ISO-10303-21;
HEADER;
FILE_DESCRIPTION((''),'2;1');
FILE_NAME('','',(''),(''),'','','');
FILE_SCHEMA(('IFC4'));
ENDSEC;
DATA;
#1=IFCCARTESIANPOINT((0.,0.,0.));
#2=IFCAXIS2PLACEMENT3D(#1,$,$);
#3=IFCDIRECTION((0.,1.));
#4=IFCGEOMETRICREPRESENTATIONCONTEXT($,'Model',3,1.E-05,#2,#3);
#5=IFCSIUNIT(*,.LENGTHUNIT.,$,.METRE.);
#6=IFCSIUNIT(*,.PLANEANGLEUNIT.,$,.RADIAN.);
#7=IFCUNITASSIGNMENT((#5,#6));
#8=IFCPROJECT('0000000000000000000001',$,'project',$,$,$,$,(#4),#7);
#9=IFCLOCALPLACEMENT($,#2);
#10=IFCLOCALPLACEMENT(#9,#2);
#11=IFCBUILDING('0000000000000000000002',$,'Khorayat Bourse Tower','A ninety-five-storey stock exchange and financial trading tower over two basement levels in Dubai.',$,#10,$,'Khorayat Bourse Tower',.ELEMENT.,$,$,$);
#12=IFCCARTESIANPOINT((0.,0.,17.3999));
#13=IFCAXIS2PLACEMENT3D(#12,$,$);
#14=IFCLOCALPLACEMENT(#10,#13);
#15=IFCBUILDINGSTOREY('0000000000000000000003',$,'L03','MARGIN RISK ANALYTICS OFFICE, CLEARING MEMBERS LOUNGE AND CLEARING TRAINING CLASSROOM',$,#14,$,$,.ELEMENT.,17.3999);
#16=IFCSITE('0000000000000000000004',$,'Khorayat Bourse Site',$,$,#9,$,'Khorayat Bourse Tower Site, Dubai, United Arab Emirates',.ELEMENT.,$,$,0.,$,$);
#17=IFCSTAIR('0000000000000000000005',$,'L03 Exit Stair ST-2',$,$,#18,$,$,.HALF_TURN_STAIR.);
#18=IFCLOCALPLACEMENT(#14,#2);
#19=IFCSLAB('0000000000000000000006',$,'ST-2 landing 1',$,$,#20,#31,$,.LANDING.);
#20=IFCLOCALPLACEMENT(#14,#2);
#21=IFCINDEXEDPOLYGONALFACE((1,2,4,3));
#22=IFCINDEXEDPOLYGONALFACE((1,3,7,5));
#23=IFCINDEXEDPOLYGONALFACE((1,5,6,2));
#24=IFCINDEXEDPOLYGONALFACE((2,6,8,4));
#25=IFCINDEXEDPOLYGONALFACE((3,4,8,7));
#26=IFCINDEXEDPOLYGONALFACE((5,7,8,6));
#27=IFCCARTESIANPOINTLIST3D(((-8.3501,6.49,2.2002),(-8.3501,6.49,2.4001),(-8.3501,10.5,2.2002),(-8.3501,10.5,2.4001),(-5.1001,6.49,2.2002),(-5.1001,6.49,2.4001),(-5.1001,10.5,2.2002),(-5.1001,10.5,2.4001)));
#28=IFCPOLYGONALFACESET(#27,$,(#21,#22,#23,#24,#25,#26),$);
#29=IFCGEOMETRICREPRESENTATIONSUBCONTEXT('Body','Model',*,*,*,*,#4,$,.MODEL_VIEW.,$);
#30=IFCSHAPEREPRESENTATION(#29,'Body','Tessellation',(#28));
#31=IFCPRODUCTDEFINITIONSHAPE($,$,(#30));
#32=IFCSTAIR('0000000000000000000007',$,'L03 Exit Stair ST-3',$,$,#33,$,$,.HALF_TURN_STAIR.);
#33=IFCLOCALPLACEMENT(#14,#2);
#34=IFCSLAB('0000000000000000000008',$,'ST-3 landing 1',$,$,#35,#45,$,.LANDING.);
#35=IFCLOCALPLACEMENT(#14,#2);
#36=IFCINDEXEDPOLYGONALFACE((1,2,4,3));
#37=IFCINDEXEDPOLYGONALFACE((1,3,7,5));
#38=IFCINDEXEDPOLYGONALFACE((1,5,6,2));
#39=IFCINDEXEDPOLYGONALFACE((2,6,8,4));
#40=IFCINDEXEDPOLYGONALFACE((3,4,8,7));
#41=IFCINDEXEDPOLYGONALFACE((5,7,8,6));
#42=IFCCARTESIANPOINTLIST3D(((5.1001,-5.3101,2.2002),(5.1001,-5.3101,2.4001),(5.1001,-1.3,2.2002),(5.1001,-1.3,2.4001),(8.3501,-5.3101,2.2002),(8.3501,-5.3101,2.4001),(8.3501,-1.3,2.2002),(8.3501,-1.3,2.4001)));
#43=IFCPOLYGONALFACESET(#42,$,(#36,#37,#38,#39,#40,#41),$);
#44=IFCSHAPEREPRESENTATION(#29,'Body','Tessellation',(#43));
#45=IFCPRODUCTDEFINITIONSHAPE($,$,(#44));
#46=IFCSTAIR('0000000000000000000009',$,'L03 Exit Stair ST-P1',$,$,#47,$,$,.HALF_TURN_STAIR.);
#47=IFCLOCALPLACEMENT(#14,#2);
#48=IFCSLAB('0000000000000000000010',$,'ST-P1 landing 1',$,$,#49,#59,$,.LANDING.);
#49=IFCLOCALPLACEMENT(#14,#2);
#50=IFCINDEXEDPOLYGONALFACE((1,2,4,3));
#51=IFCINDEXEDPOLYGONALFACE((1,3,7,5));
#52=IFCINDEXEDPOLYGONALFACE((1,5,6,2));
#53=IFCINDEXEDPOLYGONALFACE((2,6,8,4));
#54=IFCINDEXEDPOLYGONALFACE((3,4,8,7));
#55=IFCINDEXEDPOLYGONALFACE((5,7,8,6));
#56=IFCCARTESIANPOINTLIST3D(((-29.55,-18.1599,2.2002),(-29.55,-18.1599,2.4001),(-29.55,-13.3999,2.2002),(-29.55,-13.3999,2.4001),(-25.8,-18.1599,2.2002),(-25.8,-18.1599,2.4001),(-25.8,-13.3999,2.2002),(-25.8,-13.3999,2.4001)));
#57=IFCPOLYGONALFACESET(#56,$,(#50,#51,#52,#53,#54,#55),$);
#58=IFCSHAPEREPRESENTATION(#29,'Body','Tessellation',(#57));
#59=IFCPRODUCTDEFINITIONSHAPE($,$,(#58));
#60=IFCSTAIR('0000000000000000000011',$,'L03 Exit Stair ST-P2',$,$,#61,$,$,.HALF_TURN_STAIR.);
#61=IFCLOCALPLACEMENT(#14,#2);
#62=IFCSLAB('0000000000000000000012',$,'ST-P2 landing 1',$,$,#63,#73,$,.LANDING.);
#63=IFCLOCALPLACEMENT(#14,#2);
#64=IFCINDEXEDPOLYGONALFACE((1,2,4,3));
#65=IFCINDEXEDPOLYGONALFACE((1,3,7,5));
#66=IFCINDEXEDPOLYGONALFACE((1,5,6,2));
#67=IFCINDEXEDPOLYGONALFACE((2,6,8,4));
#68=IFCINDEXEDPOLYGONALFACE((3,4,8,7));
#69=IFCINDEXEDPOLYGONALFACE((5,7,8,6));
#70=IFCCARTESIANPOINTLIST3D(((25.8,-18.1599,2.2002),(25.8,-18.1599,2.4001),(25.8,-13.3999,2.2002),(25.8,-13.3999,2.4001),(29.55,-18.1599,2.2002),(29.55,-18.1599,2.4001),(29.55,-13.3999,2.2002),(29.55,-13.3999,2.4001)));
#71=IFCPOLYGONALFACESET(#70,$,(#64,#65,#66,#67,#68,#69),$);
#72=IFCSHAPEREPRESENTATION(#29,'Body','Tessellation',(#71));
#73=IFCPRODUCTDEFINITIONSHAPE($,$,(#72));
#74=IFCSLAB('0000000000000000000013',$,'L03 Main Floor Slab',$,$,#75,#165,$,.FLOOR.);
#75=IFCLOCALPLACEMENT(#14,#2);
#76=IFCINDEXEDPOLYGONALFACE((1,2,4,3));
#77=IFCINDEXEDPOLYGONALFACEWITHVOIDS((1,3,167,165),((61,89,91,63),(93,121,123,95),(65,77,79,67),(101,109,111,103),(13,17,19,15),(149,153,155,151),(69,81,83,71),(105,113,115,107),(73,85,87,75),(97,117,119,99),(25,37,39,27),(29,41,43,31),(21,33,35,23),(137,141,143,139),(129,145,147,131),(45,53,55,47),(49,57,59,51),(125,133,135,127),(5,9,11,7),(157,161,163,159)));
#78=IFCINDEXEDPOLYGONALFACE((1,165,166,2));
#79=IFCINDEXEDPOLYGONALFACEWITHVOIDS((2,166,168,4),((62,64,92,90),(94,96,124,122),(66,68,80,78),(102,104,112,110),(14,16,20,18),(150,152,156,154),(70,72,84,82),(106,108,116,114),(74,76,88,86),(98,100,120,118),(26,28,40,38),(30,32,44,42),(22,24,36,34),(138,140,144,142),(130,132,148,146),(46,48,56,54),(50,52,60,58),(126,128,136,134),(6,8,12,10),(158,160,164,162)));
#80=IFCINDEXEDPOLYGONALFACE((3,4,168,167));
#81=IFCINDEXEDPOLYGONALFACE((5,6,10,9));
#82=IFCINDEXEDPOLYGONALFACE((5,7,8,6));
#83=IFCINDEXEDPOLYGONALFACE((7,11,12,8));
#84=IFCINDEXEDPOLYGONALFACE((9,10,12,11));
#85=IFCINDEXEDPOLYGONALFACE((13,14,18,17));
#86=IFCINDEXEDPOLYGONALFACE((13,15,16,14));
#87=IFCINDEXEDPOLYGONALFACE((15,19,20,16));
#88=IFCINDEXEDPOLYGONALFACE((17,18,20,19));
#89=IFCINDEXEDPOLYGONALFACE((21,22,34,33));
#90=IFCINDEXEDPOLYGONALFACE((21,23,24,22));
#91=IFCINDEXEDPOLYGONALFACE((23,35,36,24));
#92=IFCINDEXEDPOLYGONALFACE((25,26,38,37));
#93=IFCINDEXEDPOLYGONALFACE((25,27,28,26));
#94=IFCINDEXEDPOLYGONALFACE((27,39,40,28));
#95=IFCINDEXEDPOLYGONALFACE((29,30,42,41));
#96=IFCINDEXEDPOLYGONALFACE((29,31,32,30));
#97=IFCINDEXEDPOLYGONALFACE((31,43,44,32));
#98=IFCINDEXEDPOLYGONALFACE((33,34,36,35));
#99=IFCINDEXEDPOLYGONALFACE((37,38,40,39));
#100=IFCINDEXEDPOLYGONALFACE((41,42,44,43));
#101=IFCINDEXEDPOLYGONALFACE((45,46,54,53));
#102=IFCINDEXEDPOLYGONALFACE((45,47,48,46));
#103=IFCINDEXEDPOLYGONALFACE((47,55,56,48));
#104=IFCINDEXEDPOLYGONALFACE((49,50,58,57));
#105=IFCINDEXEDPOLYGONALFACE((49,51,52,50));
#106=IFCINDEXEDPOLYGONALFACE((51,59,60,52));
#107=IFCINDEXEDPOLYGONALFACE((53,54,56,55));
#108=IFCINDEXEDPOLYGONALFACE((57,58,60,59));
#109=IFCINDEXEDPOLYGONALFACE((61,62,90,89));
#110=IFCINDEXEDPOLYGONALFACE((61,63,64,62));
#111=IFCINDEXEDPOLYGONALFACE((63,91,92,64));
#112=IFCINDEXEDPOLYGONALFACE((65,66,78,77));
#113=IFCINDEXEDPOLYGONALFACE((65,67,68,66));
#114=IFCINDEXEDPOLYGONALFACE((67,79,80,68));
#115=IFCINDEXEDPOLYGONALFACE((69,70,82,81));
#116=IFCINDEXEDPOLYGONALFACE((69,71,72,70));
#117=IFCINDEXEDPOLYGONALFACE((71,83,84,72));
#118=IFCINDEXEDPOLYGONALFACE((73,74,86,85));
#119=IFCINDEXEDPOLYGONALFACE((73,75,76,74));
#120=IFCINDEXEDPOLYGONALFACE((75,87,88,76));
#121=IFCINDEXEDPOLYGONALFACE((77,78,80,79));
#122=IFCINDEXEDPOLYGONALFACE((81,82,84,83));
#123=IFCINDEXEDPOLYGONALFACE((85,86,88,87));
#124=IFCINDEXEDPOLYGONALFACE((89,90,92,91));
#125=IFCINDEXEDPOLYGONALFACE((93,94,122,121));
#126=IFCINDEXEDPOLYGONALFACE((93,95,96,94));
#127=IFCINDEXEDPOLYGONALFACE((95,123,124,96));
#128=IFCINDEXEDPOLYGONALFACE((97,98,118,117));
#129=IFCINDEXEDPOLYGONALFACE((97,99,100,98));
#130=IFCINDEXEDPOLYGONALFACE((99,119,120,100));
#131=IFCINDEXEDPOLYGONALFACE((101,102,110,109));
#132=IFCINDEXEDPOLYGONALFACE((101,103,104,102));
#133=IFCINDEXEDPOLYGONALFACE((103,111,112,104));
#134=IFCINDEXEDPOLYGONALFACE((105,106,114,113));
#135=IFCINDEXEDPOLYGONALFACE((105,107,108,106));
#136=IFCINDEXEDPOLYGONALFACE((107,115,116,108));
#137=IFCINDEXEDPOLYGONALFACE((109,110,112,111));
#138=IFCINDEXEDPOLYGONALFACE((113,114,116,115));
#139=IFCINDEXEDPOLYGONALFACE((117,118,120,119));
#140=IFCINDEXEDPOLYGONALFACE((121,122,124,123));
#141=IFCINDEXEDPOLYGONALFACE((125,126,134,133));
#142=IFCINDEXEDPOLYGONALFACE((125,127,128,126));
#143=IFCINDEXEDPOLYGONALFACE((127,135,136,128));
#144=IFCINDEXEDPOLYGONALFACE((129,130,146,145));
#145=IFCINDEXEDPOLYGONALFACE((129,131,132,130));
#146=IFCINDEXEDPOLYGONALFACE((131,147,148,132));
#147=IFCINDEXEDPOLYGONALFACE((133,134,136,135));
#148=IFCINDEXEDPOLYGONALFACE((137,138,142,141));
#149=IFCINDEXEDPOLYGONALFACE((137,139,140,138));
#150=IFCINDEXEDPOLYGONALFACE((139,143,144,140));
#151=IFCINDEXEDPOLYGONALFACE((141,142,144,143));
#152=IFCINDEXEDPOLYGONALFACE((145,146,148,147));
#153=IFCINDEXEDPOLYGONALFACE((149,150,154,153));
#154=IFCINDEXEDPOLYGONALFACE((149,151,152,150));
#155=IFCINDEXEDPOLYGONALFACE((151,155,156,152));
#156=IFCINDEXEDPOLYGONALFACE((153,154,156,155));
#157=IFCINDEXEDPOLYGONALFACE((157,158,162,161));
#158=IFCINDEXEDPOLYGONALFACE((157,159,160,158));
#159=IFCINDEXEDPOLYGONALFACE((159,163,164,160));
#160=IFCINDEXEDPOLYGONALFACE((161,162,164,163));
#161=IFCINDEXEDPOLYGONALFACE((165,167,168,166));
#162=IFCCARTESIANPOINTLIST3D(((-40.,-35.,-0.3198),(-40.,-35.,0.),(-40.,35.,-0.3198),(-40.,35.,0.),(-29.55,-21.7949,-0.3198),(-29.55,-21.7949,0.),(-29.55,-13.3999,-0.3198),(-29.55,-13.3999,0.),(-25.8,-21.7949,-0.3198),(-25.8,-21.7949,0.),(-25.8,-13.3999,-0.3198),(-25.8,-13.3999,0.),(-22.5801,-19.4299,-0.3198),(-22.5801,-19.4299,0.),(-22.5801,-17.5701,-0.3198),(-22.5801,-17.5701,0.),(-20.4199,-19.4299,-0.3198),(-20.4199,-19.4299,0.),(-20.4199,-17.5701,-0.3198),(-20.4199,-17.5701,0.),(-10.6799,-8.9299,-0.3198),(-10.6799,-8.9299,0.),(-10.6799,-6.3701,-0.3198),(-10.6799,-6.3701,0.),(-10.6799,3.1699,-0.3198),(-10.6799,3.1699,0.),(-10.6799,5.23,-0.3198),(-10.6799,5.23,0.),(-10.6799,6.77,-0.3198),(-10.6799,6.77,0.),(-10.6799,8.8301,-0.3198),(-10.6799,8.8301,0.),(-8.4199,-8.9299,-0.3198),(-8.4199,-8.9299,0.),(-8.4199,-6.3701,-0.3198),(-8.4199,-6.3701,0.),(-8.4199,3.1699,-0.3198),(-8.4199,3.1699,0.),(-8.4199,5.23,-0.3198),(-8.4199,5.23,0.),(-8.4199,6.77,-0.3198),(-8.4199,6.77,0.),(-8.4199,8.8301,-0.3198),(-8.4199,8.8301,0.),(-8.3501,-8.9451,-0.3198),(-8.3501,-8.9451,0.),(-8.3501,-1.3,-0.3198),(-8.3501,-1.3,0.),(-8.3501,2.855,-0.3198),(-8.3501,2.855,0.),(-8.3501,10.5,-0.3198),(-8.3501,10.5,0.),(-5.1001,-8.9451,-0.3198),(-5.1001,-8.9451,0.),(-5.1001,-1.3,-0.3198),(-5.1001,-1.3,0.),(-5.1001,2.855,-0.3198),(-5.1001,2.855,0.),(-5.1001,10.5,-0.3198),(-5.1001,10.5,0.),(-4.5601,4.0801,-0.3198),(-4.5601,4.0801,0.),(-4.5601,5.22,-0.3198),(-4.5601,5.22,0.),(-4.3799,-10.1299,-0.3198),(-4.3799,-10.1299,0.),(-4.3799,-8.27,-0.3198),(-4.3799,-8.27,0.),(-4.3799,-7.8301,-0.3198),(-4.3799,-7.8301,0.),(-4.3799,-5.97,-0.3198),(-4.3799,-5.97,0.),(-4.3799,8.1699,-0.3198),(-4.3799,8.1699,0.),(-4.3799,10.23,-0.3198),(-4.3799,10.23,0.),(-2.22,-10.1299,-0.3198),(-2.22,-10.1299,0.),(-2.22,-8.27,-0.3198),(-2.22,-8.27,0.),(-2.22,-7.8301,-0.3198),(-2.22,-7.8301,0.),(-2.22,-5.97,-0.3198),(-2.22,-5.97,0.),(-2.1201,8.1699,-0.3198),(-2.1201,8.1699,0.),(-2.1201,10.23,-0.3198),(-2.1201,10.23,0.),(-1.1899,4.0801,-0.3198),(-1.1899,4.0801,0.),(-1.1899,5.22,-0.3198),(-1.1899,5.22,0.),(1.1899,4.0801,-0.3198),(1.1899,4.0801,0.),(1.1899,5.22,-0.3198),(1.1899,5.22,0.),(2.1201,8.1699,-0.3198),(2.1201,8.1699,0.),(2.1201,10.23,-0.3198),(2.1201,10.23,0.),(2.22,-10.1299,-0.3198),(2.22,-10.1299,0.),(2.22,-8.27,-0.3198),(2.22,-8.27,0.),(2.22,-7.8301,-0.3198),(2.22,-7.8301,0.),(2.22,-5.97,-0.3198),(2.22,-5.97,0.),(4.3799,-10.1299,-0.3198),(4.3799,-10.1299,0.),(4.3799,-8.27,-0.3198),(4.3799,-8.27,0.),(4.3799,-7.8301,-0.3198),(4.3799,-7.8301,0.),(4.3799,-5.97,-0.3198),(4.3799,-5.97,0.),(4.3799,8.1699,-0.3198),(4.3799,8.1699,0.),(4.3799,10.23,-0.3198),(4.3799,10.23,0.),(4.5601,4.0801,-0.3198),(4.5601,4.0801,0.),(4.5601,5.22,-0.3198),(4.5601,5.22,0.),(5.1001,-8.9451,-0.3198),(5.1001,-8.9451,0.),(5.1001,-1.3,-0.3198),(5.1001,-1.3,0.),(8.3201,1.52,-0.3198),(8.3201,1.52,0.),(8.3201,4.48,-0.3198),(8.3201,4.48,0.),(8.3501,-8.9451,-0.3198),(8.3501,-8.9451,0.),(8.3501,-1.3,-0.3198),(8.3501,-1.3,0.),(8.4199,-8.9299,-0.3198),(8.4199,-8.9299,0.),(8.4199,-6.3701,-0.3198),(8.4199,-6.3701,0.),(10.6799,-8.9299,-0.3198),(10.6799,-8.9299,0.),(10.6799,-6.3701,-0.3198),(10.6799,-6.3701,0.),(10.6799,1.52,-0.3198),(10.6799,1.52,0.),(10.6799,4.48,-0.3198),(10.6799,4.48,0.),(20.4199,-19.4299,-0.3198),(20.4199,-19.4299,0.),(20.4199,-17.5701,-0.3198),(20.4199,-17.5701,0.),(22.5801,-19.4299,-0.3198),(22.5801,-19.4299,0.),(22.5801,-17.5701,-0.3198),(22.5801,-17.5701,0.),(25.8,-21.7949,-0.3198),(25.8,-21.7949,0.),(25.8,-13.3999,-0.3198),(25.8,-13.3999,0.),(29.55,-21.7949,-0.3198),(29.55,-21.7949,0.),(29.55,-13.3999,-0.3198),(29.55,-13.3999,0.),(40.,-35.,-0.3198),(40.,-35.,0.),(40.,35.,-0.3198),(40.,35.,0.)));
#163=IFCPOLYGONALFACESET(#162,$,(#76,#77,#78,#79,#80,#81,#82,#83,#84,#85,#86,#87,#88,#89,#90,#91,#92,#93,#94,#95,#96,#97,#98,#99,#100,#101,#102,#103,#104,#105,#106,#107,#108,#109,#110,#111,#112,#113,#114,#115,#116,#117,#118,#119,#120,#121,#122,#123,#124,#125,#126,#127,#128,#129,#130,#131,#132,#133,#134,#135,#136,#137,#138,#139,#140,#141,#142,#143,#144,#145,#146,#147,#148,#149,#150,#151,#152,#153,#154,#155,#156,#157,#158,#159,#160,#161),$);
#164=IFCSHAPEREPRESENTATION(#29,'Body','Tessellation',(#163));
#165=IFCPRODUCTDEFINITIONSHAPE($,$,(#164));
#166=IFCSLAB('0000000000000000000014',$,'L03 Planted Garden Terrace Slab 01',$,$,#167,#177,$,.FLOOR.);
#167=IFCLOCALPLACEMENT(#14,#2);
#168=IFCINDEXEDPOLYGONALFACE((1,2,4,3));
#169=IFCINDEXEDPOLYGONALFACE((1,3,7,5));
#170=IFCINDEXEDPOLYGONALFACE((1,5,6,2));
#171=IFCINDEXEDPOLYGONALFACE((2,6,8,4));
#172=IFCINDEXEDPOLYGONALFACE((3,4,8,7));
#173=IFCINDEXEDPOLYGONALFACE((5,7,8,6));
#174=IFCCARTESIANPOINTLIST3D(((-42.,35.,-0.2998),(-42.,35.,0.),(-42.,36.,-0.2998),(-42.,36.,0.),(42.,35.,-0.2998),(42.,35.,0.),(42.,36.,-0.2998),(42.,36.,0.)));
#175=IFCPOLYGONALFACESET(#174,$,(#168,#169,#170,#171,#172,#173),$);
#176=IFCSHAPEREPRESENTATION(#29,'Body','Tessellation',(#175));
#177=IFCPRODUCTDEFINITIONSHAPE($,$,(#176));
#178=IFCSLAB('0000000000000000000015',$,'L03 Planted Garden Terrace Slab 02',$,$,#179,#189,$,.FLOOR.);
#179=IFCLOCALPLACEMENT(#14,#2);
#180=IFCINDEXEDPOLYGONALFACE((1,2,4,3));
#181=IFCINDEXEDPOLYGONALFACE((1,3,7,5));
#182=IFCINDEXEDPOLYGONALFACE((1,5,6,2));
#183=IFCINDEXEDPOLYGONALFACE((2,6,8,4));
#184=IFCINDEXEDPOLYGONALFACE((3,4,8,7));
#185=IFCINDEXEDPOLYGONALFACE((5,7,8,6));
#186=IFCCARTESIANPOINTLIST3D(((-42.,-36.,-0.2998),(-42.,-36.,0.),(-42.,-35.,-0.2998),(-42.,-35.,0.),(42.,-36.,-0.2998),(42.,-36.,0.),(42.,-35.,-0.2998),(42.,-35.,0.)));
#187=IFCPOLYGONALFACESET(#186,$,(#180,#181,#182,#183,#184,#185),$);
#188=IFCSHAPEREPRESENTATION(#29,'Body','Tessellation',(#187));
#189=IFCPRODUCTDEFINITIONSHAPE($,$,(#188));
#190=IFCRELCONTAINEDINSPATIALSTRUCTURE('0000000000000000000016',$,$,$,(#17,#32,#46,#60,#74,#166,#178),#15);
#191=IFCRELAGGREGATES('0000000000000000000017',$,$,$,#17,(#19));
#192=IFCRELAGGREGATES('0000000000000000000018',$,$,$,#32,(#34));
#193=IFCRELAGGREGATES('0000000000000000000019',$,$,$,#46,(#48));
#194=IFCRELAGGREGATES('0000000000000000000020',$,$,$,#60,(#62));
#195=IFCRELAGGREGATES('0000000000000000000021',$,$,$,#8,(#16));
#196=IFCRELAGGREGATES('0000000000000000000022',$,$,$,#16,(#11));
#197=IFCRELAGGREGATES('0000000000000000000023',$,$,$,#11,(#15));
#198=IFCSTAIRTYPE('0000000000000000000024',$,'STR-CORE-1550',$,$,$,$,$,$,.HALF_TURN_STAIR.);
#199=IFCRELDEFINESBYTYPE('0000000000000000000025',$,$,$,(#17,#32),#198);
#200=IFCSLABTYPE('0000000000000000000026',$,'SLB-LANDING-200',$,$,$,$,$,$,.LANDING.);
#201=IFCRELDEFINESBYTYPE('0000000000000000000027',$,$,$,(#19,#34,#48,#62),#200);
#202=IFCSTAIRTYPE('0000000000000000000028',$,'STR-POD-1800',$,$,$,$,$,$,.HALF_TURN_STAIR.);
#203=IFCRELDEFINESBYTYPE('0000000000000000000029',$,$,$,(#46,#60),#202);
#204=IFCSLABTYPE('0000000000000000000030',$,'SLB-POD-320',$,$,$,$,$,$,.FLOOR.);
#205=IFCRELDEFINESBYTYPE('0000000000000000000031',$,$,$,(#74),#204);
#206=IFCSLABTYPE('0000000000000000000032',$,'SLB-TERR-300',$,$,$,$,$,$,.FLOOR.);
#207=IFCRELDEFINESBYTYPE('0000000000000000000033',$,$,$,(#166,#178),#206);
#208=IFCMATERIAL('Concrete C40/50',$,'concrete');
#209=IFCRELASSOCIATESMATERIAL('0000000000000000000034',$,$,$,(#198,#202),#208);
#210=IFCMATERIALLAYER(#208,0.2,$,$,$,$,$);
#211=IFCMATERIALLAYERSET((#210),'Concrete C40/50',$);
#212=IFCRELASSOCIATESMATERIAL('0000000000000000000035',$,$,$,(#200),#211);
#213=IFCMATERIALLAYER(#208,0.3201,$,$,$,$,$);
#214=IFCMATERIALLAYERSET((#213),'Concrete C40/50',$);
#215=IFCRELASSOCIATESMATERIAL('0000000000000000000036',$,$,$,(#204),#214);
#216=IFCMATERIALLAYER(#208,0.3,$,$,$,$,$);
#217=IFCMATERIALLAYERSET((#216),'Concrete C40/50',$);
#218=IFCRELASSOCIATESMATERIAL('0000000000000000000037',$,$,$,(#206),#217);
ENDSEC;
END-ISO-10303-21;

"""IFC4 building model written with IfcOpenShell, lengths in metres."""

from ifc_helpers import new_model, si_unit, direction, frame, origin, place, context, subcontext, project, spatial, polyline, outline, extrude, material, layer, layer_set, type_object, element, aggregate, save


model = new_model("IFC4")

# Units and contexts
model_context = context("Model", 3, precision=1e-05, world=origin(), true_north=direction((0.0, 1.0)))
body_context = subcontext(model_context, "Body", "Model", "MODEL_VIEW")
ifc_project = project(units=[si_unit("LENGTHUNIT", "METRE"), si_unit("PLANEANGLEUNIT", "RADIAN")], contexts=[model_context])

# Site, building, storey
site_placement = place(None, origin())
site = spatial("IfcSite", under=ifc_project, at=site_placement, Name="Khorayat Bourse Site", LongName="Khorayat Bourse Tower Site, Dubai, United Arab Emirates", CompositionType="ELEMENT", RefElevation=0.0)
building_placement = place(site_placement, origin())
building = spatial("IfcBuilding", under=site, at=building_placement, Name="Khorayat Bourse Tower", Description="A ninety-five-storey stock exchange and financial trading tower over two basement levels in Dubai.", LongName="Khorayat Bourse Tower", CompositionType="ELEMENT")
storey_placement = place(building_placement, frame((0.0, 0.0, 17.3999)))
storey = spatial("IfcBuildingStorey", under=building, at=storey_placement, Name="L03", Description="MARGIN RISK ANALYTICS OFFICE, CLEARING MEMBERS LOUNGE AND CLEARING TRAINING CLASSROOM", CompositionType="ELEMENT", Elevation=17.3999)

# Stairs, slabs
ifc_material_1 = material(Name="Concrete C40/50", Category="concrete")
stair_type_1 = type_object("IfcStairType", Name="STR-CORE-1550", PredefinedType="HALF_TURN_STAIR", material=ifc_material_1)
ifc_layer_1 = layer(ifc_material_1, 0.2)
ifc_layer_set_1 = layer_set([ifc_layer_1], Name="Concrete C40/50")
slab_type_1 = type_object("IfcSlabType", Name="SLB-LANDING-200", PredefinedType="LANDING", material=ifc_layer_set_1)
stair_1_placement = place(storey_placement, origin())
stair_1 = element("IfcStair", 1, at=stair_1_placement, inside=storey, type_object=stair_type_1, Name="L03 Exit Stair ST-2", PredefinedType="HALF_TURN_STAIR")
slab_1_placement = place(storey_placement, frame((0.0, 0.0, 2.2002)))
slab_1 = element("IfcSlab", 2, at=slab_1_placement, type_object=slab_type_1, Name="ST-2 landing 1", PredefinedType="LANDING", context=body_context, shape_type="SweptSolid", body=[
    extrude(outline(polyline([(-5.1001, 6.49), (-5.1001, 10.5), (-8.3501, 10.5), (-8.3501, 6.49), (-5.1001, 6.49)])), origin(), (0.0, 0.0, 1.0), 0.2),
])
aggregate(stair_1, [slab_1])
stair_2_placement = place(storey_placement, origin())
stair_2 = element("IfcStair", 3, at=stair_2_placement, inside=storey, type_object=stair_type_1, Name="L03 Exit Stair ST-3", PredefinedType="HALF_TURN_STAIR")
slab_2_placement = place(storey_placement, frame((0.0, 0.0, 2.2002)))
slab_2 = element("IfcSlab", 4, at=slab_2_placement, type_object=slab_type_1, Name="ST-3 landing 1", PredefinedType="LANDING", context=body_context, shape_type="SweptSolid", body=[
    extrude(outline(polyline([(8.3501, -5.3101), (8.3501, -1.3), (5.1001, -1.3), (5.1001, -5.3101), (8.3501, -5.3101)])), origin(), (0.0, 0.0, 1.0), 0.2),
])
aggregate(stair_2, [slab_2])
stair_type_2 = type_object("IfcStairType", Name="STR-POD-1800", PredefinedType="HALF_TURN_STAIR", material=ifc_material_1)
stair_3_placement = place(storey_placement, origin())
stair_3 = element("IfcStair", 5, at=stair_3_placement, inside=storey, type_object=stair_type_2, Name="L03 Exit Stair ST-P1", PredefinedType="HALF_TURN_STAIR")
slab_3_placement = place(storey_placement, frame((0.0, 0.0, 2.2002)))
slab_3 = element("IfcSlab", 6, at=slab_3_placement, type_object=slab_type_1, Name="ST-P1 landing 1", PredefinedType="LANDING", context=body_context, shape_type="SweptSolid", body=[
    extrude(outline(polyline([(-25.8, -18.1599), (-25.8, -13.3999), (-29.55, -13.3999), (-29.55, -18.1599), (-25.8, -18.1599)])), origin(), (0.0, 0.0, 1.0), 0.2),
])
aggregate(stair_3, [slab_3])
stair_4_placement = place(storey_placement, origin())
stair_4 = element("IfcStair", 7, at=stair_4_placement, inside=storey, type_object=stair_type_2, Name="L03 Exit Stair ST-P2", PredefinedType="HALF_TURN_STAIR")
slab_4_placement = place(storey_placement, frame((0.0, 0.0, 2.2002)))
slab_4 = element("IfcSlab", 8, at=slab_4_placement, type_object=slab_type_1, Name="ST-P2 landing 1", PredefinedType="LANDING", context=body_context, shape_type="SweptSolid", body=[
    extrude(outline(polyline([(29.55, -18.1599), (29.55, -13.3999), (25.8, -13.3999), (25.8, -18.1599), (29.55, -18.1599)])), origin(), (0.0, 0.0, 1.0), 0.2),
])
aggregate(stair_4, [slab_4])

# Slabs
ifc_layer_2 = layer(ifc_material_1, 0.3201)
ifc_layer_set_2 = layer_set([ifc_layer_2], Name="Concrete C40/50")
slab_type_2 = type_object("IfcSlabType", Name="SLB-POD-320", PredefinedType="FLOOR", material=ifc_layer_set_2)
slab_5_placement = place(storey_placement, frame((0.0, 0.0, -0.3198)))
element("IfcSlab", 9, at=slab_5_placement, inside=storey, type_object=slab_type_2, Name="L03 Main Floor Slab", PredefinedType="FLOOR", context=body_context, shape_type="SweptSolid", body=[
    extrude(outline(polyline([(-40.0, -35.0), (40.0, -35.0), (40.0, 35.0), (-40.0, 35.0), (-40.0, -35.0)]), holes=[polyline([(-8.3501, -8.9451), (-5.1001, -8.9451), (-5.1001, -1.3), (-8.3501, -1.3), (-8.3501, -8.9451)]), polyline([(-8.3501, 2.855), (-5.1001, 2.855), (-5.1001, 10.5), (-8.3501, 10.5), (-8.3501, 2.855)]), polyline([(5.1001, -8.9451), (8.3501, -8.9451), (8.3501, -1.3), (5.1001, -1.3), (5.1001, -8.9451)]), polyline([(-29.55, -21.7949), (-25.8, -21.7949), (-25.8, -13.3999), (-29.55, -13.3999), (-29.55, -21.7949)]), polyline([(25.8, -21.7949), (29.55, -21.7949), (29.55, -13.3999), (25.8, -13.3999), (25.8, -21.7949)]), polyline([(-4.3799, -10.1299), (-2.22, -10.1299), (-2.22, -8.27), (-4.3799, -8.27), (-4.3799, -10.1299)]), polyline([(2.22, -10.1299), (4.3799, -10.1299), (4.3799, -8.27), (2.22, -8.27), (2.22, -10.1299)]), polyline([(-4.3799, -7.8301), (-2.22, -7.8301), (-2.22, -5.97), (-4.3799, -5.97), (-4.3799, -7.8301)]), polyline([(2.22, -7.8301), (4.3799, -7.8301), (4.3799, -5.97), (2.22, -5.97), (2.22, -7.8301)]), polyline([(-4.3799, 8.1699), (-2.1201, 8.1699), (-2.1201, 10.23), (-4.3799, 10.23), (-4.3799, 8.1699)]), polyline([(2.1201, 8.1699), (4.3799, 8.1699), (4.3799, 10.23), (2.1201, 10.23), (2.1201, 8.1699)]), polyline([(-10.6799, 3.1699), (-8.4199, 3.1699), (-8.4199, 5.23), (-10.6799, 5.23), (-10.6799, 3.1699)]), polyline([(-10.6799, 6.77), (-8.4199, 6.77), (-8.4199, 8.8301), (-10.6799, 8.8301), (-10.6799, 6.77)]), polyline([(-22.5801, -19.4299), (-20.4199, -19.4299), (-20.4199, -17.5701), (-22.5801, -17.5701), (-22.5801, -19.4299)]), polyline([(20.4199, -19.4299), (22.5801, -19.4299), (22.5801, -17.5701), (20.4199, -17.5701), (20.4199, -19.4299)]), polyline([(-10.6799, -8.9299), (-8.4199, -8.9299), (-8.4199, -6.3701), (-10.6799, -6.3701), (-10.6799, -8.9299)]), polyline([(8.4199, -8.9299), (10.6799, -8.9299), (10.6799, -6.3701), (8.4199, -6.3701), (8.4199, -8.9299)]), polyline([(8.3201, 1.52), (10.6799, 1.52), (10.6799, 4.48), (8.3201, 4.48), (8.3201, 1.52)]), polyline([(-4.5601, 4.0801), (-1.1899, 4.0801), (-1.1899, 5.22), (-4.5601, 5.22), (-4.5601, 4.0801)]), polyline([(1.1899, 4.0801), (4.5601, 4.0801), (4.5601, 5.22), (1.1899, 5.22), (1.1899, 4.0801)])]), origin(), (0.0, 0.0, 1.0), 0.3198),
])
ifc_layer_3 = layer(ifc_material_1, 0.3)
ifc_layer_set_3 = layer_set([ifc_layer_3], Name="Concrete C40/50")
slab_type_3 = type_object("IfcSlabType", Name="SLB-TERR-300", PredefinedType="FLOOR", material=ifc_layer_set_3)
slab_6_placement = place(storey_placement, frame((0.0, 0.0, -0.2998)))
element("IfcSlab", 10, at=slab_6_placement, inside=storey, type_object=slab_type_3, Name="L03 Planted Garden Terrace Slab 01", PredefinedType="FLOOR", context=body_context, shape_type="SweptSolid", body=[
    extrude(outline(polyline([(-42.0, 35.0), (42.0, 35.0), (42.0, 36.0), (-42.0, 36.0), (-42.0, 35.0)])), origin(), (0.0, 0.0, 1.0), 0.2998),
])
slab_7_placement = place(storey_placement, frame((0.0, 0.0, -0.2998)))
element("IfcSlab", 11, at=slab_7_placement, inside=storey, type_object=slab_type_3, Name="L03 Planted Garden Terrace Slab 02", PredefinedType="FLOOR", context=body_context, shape_type="SweptSolid", body=[
    extrude(outline(polyline([(-42.0, -36.0), (42.0, -36.0), (42.0, -35.0), (-42.0, -35.0), (-42.0, -36.0)])), origin(), (0.0, 0.0, 1.0), 0.2998),
])

save(model, "model.ifc")
